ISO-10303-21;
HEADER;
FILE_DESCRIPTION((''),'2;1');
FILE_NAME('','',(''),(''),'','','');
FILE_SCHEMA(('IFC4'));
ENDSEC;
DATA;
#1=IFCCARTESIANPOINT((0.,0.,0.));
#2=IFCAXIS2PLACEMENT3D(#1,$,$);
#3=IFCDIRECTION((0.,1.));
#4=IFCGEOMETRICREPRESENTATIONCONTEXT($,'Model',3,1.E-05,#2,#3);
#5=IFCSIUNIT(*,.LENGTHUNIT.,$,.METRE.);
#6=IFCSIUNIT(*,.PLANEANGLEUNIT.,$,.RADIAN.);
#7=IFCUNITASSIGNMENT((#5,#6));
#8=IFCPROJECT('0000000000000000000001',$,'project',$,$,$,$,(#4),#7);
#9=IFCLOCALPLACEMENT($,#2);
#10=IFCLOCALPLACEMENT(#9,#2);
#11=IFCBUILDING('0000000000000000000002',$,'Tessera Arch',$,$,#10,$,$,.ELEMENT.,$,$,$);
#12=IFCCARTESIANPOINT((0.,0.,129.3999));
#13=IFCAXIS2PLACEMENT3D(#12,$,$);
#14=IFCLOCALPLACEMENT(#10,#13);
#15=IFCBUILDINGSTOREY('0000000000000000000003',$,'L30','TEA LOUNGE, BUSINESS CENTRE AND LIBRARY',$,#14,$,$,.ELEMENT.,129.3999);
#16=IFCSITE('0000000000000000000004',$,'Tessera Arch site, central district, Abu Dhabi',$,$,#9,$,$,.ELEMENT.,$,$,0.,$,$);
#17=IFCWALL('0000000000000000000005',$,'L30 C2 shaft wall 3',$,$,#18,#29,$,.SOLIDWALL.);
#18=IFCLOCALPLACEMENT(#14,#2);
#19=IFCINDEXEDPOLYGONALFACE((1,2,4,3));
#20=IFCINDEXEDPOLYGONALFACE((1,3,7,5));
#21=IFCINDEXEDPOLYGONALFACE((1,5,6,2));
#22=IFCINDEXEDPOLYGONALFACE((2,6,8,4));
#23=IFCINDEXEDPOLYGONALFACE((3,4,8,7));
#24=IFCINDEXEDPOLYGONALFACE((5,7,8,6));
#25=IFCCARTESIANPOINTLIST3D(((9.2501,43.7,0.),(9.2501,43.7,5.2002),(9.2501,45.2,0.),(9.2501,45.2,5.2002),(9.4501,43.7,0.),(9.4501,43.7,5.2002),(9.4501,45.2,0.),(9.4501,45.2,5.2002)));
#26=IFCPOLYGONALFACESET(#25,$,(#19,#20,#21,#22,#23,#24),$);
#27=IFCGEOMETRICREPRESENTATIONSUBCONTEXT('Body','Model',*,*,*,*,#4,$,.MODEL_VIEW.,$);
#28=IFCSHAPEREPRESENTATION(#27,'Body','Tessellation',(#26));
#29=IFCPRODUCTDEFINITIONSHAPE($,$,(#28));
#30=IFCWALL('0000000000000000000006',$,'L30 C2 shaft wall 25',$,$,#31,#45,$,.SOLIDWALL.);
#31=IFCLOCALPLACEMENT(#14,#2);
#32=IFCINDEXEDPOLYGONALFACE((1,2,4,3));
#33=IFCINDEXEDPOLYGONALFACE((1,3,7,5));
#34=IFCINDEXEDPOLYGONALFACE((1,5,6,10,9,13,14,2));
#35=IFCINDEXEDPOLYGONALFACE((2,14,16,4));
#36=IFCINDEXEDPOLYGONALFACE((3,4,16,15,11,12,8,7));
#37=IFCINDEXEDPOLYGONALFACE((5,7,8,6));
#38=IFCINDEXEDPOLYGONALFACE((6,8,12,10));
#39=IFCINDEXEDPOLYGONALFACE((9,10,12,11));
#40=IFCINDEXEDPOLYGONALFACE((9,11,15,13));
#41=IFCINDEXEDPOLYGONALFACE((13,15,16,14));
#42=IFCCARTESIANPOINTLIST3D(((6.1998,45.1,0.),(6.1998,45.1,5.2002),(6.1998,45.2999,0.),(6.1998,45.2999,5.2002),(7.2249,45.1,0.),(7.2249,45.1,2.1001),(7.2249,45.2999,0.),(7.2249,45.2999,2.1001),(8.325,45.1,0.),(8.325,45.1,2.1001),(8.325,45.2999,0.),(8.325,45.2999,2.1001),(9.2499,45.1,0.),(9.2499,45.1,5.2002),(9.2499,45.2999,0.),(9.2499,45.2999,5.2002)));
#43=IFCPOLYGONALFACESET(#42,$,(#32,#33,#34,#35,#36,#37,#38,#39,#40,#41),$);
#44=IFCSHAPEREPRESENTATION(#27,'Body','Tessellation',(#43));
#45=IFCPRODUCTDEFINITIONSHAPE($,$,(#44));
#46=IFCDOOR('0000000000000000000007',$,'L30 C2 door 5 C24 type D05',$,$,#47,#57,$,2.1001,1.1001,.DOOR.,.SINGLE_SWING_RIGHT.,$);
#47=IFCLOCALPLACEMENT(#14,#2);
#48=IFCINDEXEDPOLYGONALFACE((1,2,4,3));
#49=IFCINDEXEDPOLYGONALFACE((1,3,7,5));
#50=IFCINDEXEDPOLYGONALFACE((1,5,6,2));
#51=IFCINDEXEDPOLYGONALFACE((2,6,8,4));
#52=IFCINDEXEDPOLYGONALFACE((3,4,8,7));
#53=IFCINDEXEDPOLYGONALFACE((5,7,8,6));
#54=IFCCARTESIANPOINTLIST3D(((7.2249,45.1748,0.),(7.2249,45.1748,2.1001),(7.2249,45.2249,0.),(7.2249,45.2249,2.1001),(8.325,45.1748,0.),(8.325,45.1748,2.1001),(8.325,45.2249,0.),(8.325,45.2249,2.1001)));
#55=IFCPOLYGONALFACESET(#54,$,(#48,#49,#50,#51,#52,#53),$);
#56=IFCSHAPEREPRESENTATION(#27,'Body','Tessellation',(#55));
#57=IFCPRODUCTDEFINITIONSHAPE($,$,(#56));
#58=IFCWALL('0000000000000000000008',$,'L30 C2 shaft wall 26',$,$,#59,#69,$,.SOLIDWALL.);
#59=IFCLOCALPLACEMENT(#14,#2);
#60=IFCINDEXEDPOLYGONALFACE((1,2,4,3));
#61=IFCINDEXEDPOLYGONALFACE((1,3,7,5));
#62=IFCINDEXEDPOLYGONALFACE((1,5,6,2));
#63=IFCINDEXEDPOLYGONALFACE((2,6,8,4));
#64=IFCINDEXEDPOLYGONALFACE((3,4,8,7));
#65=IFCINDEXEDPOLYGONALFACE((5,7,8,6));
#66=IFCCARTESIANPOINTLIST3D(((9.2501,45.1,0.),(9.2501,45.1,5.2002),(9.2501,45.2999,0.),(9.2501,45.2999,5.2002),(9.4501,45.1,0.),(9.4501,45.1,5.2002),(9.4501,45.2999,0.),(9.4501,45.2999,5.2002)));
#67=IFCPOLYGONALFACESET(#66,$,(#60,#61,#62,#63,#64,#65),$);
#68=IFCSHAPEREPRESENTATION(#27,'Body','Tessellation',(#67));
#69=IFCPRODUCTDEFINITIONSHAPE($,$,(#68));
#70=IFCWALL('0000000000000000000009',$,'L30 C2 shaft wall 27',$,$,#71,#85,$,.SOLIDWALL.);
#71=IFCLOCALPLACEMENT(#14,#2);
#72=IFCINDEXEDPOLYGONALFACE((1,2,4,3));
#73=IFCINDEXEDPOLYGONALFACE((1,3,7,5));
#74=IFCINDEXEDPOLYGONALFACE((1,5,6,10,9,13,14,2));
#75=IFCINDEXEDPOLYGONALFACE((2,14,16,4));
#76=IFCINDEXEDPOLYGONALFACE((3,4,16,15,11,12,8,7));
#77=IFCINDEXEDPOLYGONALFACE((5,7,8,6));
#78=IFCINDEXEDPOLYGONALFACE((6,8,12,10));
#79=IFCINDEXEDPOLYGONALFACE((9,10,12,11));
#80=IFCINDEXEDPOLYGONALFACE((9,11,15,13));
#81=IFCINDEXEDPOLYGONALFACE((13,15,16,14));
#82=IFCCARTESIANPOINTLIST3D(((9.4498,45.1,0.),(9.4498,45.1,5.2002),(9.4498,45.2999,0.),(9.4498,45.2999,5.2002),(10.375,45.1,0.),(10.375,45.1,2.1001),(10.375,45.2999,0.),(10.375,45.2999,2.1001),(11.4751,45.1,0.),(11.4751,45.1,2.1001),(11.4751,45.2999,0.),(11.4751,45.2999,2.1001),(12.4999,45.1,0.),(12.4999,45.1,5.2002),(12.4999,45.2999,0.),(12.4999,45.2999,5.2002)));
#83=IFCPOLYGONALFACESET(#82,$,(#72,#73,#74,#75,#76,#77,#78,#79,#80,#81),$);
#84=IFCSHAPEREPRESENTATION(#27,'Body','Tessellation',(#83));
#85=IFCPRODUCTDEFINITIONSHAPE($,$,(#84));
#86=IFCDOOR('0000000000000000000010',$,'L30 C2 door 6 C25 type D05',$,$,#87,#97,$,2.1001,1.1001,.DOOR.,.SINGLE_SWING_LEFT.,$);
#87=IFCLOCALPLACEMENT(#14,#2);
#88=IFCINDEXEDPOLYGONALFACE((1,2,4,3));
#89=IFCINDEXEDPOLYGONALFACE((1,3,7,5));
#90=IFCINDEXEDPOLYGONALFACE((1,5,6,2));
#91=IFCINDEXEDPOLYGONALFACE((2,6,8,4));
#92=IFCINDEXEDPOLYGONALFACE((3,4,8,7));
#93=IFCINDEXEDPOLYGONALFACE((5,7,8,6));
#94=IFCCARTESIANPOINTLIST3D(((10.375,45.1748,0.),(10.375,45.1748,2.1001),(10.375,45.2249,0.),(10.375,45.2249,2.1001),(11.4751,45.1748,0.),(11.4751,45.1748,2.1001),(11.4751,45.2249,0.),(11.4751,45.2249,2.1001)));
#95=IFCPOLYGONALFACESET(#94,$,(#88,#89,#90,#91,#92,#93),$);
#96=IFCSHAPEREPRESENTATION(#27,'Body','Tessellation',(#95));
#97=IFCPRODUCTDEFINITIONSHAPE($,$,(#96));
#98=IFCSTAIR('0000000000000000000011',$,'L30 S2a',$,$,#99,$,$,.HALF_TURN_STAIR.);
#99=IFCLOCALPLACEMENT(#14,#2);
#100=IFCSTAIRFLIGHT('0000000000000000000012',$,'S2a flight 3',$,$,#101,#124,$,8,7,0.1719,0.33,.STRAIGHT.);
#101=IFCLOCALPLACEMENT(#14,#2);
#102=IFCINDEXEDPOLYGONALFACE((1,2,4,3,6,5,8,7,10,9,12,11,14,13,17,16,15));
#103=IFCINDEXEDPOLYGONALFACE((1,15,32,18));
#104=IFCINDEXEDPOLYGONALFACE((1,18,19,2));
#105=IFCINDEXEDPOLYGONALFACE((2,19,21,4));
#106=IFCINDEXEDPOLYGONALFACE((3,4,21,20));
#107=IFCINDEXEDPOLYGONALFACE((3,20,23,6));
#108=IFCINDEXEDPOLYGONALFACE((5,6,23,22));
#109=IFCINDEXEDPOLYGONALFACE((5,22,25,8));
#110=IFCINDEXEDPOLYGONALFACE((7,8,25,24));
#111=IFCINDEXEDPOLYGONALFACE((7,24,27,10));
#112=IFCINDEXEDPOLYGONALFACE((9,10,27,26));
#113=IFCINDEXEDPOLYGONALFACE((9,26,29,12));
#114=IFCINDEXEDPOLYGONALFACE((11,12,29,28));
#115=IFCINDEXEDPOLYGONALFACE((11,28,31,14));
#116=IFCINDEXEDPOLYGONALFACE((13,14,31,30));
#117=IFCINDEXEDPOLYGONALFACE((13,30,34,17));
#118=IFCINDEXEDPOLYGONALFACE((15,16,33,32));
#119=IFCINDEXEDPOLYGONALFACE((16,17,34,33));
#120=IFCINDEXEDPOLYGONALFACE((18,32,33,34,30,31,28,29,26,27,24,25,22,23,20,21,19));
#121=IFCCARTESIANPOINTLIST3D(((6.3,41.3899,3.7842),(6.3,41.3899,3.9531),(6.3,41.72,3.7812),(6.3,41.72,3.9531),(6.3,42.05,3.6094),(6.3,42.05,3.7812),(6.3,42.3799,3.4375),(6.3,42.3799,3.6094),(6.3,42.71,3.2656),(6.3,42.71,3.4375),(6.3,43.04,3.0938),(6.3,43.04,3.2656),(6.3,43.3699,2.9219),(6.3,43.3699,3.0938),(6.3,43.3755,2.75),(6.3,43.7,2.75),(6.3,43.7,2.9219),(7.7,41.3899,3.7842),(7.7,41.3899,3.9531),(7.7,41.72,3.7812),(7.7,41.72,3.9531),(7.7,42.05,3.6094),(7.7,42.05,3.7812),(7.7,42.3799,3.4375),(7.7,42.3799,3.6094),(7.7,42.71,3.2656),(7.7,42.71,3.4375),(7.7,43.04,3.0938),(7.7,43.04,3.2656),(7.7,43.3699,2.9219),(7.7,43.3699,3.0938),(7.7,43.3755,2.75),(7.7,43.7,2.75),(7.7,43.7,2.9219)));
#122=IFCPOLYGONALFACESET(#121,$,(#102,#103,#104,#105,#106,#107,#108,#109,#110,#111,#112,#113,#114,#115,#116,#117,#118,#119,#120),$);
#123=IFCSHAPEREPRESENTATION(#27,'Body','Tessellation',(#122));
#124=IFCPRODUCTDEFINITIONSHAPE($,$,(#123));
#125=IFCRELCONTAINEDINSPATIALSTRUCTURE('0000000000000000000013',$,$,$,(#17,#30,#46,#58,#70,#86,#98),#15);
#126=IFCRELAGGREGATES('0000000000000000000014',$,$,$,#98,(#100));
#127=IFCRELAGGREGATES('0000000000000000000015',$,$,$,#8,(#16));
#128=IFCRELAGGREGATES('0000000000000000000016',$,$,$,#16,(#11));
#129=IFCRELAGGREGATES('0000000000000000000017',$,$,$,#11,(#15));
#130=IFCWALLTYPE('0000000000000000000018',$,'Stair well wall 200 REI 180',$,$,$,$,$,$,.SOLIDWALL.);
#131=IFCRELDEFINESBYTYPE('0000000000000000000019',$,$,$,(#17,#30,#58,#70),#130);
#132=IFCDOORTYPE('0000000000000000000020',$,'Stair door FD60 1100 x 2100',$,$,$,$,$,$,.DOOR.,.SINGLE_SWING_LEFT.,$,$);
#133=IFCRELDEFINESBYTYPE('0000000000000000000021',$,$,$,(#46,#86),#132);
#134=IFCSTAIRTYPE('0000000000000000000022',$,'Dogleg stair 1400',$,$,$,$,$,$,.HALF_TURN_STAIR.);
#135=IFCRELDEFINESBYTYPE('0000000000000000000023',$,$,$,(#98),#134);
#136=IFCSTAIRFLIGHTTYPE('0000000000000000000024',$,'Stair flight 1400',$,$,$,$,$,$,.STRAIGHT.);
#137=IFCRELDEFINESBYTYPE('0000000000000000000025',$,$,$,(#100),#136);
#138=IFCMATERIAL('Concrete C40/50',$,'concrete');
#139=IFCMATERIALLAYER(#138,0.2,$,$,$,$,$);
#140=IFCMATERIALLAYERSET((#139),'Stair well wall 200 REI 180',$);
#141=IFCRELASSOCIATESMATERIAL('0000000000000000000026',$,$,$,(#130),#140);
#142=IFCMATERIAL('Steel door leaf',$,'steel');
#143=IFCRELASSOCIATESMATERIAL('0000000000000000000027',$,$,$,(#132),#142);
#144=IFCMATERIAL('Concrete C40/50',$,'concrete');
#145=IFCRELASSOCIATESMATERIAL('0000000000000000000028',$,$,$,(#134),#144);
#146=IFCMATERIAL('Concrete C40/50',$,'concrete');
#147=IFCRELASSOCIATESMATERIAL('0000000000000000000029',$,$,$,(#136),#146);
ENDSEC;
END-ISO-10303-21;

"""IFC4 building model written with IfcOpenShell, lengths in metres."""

from ifc_helpers import new_model, si_unit, direction, frame, frame_2d, origin, place, context, subcontext, project, spatial, polyline, rectangle, outline, extrude, material, layer, layer_set, type_object, element, fill, aggregate, save


model = new_model("IFC4")

# Units and contexts
model_context = context("Model", 3, precision=1e-05, world=origin(), true_north=direction((0.0, 1.0)))
body_context = subcontext(model_context, "Body", "Model", "MODEL_VIEW")
ifc_project = project(units=[si_unit("LENGTHUNIT", "METRE"), si_unit("PLANEANGLEUNIT", "RADIAN")], contexts=[model_context])

# Site, building, storey
site_placement = place(None, origin())
site = spatial("IfcSite", under=ifc_project, at=site_placement, Name="Tessera Arch site, central district, Abu Dhabi", CompositionType="ELEMENT", RefElevation=0.0)
building_placement = place(site_placement, origin())
building = spatial("IfcBuilding", under=site, at=building_placement, Name="Tessera Arch", CompositionType="ELEMENT")
storey_placement = place(building_placement, frame((0.0, 0.0, 129.3999)))
storey = spatial("IfcBuildingStorey", under=building, at=storey_placement, Name="L30", Description="TEA LOUNGE, BUSINESS CENTRE AND LIBRARY", CompositionType="ELEMENT", Elevation=129.3999)

# Wall
ifc_material_1 = material(Name="Concrete C40/50", Category="concrete")
ifc_layer_1 = layer(ifc_material_1, 0.2)
ifc_layer_set_1 = layer_set([ifc_layer_1], Name="Stair well wall 200 REI 180")
wall_type_1 = type_object("IfcWallType", Name="Stair well wall 200 REI 180", PredefinedType="SOLIDWALL", material=ifc_layer_set_1)
wall_1_placement = place(storey_placement, frame((9.3501, 43.7, 0.0), z_axis=(0.0, 0.0, 1.0), x_axis=(0.0, 1.0, 0.0)))
element("IfcWall", 1, at=wall_1_placement, inside=storey, type_object=wall_type_1, Name="L30 C2 shaft wall 3", PredefinedType="SOLIDWALL", context=body_context, shape_type="SweptSolid", body=[
    extrude(rectangle(XDim=1.5, YDim=0.2, at=frame_2d((0.75, 0.0))), origin(), (0.0, 0.0, 1.0), 5.2002),
])

# Wall, opening, door
wall_2_placement = place(storey_placement, frame((6.2, 45.2, 0.0), z_axis=(0.0, 0.0, 1.0), x_axis=(1.0, 0.0, 0.0)))
wall_2 = element("IfcWall", 2, at=wall_2_placement, inside=storey, type_object=wall_type_1, Name="L30 C2 shaft wall 25", PredefinedType="SOLIDWALL", context=body_context, shape_type="SweptSolid", body=[
    extrude(rectangle(XDim=3.05, YDim=0.2, at=frame_2d((1.5249, 0.0))), origin(), (0.0, 0.0, 1.0), 5.2002),
])
opening_1_placement = place(wall_2_placement, frame((1.0249, 0.0, 0.0)))
opening_1 = element("IfcOpeningElement", 3, at=opening_1_placement, cuts=wall_2, PredefinedType="OPENING", context=body_context, shape_type="SweptSolid", body=[
    extrude(rectangle(XDim=1.1001, YDim=2.1001, at=frame_2d((0.55, 1.05))), frame((0.0, 0.1099, 0.0), z_axis=(0.0, -1.0, 0.0), x_axis=(1.0, 0.0, 0.0)), (0.0, 0.0, 1.0), 0.22),
])
ifc_material_2 = material(Name="Steel door leaf", Category="steel")
door_type_1 = type_object("IfcDoorType", Name="Stair door FD60 1100 x 2100", OperationType="SINGLE_SWING_LEFT", PredefinedType="DOOR", material=ifc_material_2)
door_1_placement = place(opening_1_placement, origin())
door_1 = element("IfcDoor", 4, at=door_1_placement, inside=storey, type_object=door_type_1, Name="L30 C2 door 5 C24 type D05", OperationType="SINGLE_SWING_RIGHT", OverallHeight=2.1001, OverallWidth=1.1001, PredefinedType="DOOR", context=body_context, shape_type="SweptSolid", body=[
    extrude(rectangle(XDim=1.1001, YDim=2.1001, at=frame_2d((0.55, 1.05))), frame((0.0, 0.0249, 0.0), z_axis=(0.0, -1.0, 0.0), x_axis=(1.0, 0.0, 0.0)), (0.0, 0.0, 1.0), 0.05),
])
fill(opening_1, door_1)

# Wall
wall_3_placement = place(storey_placement, frame((9.25, 45.2, 0.0), z_axis=(0.0, 0.0, 1.0), x_axis=(1.0, 0.0, 0.0)))
element("IfcWall", 5, at=wall_3_placement, inside=storey, type_object=wall_type_1, Name="L30 C2 shaft wall 26", PredefinedType="SOLIDWALL", context=body_context, shape_type="SweptSolid", body=[
    extrude(rectangle(XDim=0.2, YDim=0.2, at=frame_2d((0.1001, 0.0))), origin(), (0.0, 0.0, 1.0), 5.2002),
])

# Wall, opening, door
wall_4_placement = place(storey_placement, frame((9.45, 45.2, 0.0), z_axis=(0.0, 0.0, 1.0), x_axis=(1.0, 0.0, 0.0)))
wall_4 = element("IfcWall", 6, at=wall_4_placement, inside=storey, type_object=wall_type_1, Name="L30 C2 shaft wall 27", PredefinedType="SOLIDWALL", context=body_context, shape_type="SweptSolid", body=[
    extrude(rectangle(XDim=3.05, YDim=0.2, at=frame_2d((1.5249, 0.0))), origin(), (0.0, 0.0, 1.0), 5.2002),
])
opening_2_placement = place(wall_4_placement, frame((0.925, 0.0, 0.0)))
opening_2 = element("IfcOpeningElement", 7, at=opening_2_placement, cuts=wall_4, PredefinedType="OPENING", context=body_context, shape_type="SweptSolid", body=[
    extrude(rectangle(XDim=1.1001, YDim=2.1001, at=frame_2d((0.55, 1.05))), frame((0.0, 0.1099, 0.0), z_axis=(0.0, -1.0, 0.0), x_axis=(1.0, 0.0, 0.0)), (0.0, 0.0, 1.0), 0.22),
])
door_2_placement = place(opening_2_placement, origin())
door_2 = element("IfcDoor", 8, at=door_2_placement, inside=storey, type_object=door_type_1, Name="L30 C2 door 6 C25 type D05", OperationType="SINGLE_SWING_LEFT", OverallHeight=2.1001, OverallWidth=1.1001, PredefinedType="DOOR", context=body_context, shape_type="SweptSolid", body=[
    extrude(rectangle(XDim=1.1001, YDim=2.1001, at=frame_2d((0.55, 1.05))), frame((0.0, 0.0249, 0.0), z_axis=(0.0, -1.0, 0.0), x_axis=(1.0, 0.0, 0.0)), (0.0, 0.0, 1.0), 0.05),
])
fill(opening_2, door_2)

# Stair, stair flight
ifc_material_3 = material(Name="Concrete C40/50", Category="concrete")
stair_type = type_object("IfcStairType", Name="Dogleg stair 1400", PredefinedType="HALF_TURN_STAIR", material=ifc_material_3)
stair_placement = place(storey_placement, origin())
stair = element("IfcStair", 9, at=stair_placement, inside=storey, type_object=stair_type, Name="L30 S2a", PredefinedType="HALF_TURN_STAIR")
ifc_material_4 = material(Name="Concrete C40/50", Category="concrete")
stair_flight_type = type_object("IfcStairFlightType", Name="Stair flight 1400", PredefinedType="STRAIGHT", material=ifc_material_4)
stair_flight_placement = place(storey_placement, frame((7.0, 43.7, 2.75), z_axis=(0.0, 0.0, 1.0), x_axis=(0.0, -1.0, 0.0)))
stair_flight = element("IfcStairFlight", 10, at=stair_flight_placement, type_object=stair_flight_type, Name="S2a flight 3", NumberOfRisers=8, NumberOfTreads=7, PredefinedType="STRAIGHT", RiserHeight=0.1719, TreadLength=0.33, context=body_context, shape_type="SweptSolid", body=[
    extrude(outline(polyline([(0.0, 0.0), (0.0, 0.1719), (0.3301, 0.1719), (0.3301, 0.3438), (0.6599, 0.3438), (0.6599, 0.5156), (0.99, 0.5156), (0.99, 0.6875), (1.3201, 0.6875), (1.3201, 0.8594), (1.6499, 0.8594), (1.6499, 1.0312), (1.98, 1.0312), (1.98, 1.2031), (2.3101, 1.2031), (2.3101, 1.375), (2.3101, 1.0342), (0.3245, 0.0), (0.0, 0.0)])), frame((0.0, 0.7, 0.0), z_axis=(0.0, -1.0, 0.0), x_axis=(1.0, 0.0, 0.0)), (0.0, 0.0, 1.0), 1.3999),
])
aggregate(stair, [stair_flight])

save(model, "model.ifc")
